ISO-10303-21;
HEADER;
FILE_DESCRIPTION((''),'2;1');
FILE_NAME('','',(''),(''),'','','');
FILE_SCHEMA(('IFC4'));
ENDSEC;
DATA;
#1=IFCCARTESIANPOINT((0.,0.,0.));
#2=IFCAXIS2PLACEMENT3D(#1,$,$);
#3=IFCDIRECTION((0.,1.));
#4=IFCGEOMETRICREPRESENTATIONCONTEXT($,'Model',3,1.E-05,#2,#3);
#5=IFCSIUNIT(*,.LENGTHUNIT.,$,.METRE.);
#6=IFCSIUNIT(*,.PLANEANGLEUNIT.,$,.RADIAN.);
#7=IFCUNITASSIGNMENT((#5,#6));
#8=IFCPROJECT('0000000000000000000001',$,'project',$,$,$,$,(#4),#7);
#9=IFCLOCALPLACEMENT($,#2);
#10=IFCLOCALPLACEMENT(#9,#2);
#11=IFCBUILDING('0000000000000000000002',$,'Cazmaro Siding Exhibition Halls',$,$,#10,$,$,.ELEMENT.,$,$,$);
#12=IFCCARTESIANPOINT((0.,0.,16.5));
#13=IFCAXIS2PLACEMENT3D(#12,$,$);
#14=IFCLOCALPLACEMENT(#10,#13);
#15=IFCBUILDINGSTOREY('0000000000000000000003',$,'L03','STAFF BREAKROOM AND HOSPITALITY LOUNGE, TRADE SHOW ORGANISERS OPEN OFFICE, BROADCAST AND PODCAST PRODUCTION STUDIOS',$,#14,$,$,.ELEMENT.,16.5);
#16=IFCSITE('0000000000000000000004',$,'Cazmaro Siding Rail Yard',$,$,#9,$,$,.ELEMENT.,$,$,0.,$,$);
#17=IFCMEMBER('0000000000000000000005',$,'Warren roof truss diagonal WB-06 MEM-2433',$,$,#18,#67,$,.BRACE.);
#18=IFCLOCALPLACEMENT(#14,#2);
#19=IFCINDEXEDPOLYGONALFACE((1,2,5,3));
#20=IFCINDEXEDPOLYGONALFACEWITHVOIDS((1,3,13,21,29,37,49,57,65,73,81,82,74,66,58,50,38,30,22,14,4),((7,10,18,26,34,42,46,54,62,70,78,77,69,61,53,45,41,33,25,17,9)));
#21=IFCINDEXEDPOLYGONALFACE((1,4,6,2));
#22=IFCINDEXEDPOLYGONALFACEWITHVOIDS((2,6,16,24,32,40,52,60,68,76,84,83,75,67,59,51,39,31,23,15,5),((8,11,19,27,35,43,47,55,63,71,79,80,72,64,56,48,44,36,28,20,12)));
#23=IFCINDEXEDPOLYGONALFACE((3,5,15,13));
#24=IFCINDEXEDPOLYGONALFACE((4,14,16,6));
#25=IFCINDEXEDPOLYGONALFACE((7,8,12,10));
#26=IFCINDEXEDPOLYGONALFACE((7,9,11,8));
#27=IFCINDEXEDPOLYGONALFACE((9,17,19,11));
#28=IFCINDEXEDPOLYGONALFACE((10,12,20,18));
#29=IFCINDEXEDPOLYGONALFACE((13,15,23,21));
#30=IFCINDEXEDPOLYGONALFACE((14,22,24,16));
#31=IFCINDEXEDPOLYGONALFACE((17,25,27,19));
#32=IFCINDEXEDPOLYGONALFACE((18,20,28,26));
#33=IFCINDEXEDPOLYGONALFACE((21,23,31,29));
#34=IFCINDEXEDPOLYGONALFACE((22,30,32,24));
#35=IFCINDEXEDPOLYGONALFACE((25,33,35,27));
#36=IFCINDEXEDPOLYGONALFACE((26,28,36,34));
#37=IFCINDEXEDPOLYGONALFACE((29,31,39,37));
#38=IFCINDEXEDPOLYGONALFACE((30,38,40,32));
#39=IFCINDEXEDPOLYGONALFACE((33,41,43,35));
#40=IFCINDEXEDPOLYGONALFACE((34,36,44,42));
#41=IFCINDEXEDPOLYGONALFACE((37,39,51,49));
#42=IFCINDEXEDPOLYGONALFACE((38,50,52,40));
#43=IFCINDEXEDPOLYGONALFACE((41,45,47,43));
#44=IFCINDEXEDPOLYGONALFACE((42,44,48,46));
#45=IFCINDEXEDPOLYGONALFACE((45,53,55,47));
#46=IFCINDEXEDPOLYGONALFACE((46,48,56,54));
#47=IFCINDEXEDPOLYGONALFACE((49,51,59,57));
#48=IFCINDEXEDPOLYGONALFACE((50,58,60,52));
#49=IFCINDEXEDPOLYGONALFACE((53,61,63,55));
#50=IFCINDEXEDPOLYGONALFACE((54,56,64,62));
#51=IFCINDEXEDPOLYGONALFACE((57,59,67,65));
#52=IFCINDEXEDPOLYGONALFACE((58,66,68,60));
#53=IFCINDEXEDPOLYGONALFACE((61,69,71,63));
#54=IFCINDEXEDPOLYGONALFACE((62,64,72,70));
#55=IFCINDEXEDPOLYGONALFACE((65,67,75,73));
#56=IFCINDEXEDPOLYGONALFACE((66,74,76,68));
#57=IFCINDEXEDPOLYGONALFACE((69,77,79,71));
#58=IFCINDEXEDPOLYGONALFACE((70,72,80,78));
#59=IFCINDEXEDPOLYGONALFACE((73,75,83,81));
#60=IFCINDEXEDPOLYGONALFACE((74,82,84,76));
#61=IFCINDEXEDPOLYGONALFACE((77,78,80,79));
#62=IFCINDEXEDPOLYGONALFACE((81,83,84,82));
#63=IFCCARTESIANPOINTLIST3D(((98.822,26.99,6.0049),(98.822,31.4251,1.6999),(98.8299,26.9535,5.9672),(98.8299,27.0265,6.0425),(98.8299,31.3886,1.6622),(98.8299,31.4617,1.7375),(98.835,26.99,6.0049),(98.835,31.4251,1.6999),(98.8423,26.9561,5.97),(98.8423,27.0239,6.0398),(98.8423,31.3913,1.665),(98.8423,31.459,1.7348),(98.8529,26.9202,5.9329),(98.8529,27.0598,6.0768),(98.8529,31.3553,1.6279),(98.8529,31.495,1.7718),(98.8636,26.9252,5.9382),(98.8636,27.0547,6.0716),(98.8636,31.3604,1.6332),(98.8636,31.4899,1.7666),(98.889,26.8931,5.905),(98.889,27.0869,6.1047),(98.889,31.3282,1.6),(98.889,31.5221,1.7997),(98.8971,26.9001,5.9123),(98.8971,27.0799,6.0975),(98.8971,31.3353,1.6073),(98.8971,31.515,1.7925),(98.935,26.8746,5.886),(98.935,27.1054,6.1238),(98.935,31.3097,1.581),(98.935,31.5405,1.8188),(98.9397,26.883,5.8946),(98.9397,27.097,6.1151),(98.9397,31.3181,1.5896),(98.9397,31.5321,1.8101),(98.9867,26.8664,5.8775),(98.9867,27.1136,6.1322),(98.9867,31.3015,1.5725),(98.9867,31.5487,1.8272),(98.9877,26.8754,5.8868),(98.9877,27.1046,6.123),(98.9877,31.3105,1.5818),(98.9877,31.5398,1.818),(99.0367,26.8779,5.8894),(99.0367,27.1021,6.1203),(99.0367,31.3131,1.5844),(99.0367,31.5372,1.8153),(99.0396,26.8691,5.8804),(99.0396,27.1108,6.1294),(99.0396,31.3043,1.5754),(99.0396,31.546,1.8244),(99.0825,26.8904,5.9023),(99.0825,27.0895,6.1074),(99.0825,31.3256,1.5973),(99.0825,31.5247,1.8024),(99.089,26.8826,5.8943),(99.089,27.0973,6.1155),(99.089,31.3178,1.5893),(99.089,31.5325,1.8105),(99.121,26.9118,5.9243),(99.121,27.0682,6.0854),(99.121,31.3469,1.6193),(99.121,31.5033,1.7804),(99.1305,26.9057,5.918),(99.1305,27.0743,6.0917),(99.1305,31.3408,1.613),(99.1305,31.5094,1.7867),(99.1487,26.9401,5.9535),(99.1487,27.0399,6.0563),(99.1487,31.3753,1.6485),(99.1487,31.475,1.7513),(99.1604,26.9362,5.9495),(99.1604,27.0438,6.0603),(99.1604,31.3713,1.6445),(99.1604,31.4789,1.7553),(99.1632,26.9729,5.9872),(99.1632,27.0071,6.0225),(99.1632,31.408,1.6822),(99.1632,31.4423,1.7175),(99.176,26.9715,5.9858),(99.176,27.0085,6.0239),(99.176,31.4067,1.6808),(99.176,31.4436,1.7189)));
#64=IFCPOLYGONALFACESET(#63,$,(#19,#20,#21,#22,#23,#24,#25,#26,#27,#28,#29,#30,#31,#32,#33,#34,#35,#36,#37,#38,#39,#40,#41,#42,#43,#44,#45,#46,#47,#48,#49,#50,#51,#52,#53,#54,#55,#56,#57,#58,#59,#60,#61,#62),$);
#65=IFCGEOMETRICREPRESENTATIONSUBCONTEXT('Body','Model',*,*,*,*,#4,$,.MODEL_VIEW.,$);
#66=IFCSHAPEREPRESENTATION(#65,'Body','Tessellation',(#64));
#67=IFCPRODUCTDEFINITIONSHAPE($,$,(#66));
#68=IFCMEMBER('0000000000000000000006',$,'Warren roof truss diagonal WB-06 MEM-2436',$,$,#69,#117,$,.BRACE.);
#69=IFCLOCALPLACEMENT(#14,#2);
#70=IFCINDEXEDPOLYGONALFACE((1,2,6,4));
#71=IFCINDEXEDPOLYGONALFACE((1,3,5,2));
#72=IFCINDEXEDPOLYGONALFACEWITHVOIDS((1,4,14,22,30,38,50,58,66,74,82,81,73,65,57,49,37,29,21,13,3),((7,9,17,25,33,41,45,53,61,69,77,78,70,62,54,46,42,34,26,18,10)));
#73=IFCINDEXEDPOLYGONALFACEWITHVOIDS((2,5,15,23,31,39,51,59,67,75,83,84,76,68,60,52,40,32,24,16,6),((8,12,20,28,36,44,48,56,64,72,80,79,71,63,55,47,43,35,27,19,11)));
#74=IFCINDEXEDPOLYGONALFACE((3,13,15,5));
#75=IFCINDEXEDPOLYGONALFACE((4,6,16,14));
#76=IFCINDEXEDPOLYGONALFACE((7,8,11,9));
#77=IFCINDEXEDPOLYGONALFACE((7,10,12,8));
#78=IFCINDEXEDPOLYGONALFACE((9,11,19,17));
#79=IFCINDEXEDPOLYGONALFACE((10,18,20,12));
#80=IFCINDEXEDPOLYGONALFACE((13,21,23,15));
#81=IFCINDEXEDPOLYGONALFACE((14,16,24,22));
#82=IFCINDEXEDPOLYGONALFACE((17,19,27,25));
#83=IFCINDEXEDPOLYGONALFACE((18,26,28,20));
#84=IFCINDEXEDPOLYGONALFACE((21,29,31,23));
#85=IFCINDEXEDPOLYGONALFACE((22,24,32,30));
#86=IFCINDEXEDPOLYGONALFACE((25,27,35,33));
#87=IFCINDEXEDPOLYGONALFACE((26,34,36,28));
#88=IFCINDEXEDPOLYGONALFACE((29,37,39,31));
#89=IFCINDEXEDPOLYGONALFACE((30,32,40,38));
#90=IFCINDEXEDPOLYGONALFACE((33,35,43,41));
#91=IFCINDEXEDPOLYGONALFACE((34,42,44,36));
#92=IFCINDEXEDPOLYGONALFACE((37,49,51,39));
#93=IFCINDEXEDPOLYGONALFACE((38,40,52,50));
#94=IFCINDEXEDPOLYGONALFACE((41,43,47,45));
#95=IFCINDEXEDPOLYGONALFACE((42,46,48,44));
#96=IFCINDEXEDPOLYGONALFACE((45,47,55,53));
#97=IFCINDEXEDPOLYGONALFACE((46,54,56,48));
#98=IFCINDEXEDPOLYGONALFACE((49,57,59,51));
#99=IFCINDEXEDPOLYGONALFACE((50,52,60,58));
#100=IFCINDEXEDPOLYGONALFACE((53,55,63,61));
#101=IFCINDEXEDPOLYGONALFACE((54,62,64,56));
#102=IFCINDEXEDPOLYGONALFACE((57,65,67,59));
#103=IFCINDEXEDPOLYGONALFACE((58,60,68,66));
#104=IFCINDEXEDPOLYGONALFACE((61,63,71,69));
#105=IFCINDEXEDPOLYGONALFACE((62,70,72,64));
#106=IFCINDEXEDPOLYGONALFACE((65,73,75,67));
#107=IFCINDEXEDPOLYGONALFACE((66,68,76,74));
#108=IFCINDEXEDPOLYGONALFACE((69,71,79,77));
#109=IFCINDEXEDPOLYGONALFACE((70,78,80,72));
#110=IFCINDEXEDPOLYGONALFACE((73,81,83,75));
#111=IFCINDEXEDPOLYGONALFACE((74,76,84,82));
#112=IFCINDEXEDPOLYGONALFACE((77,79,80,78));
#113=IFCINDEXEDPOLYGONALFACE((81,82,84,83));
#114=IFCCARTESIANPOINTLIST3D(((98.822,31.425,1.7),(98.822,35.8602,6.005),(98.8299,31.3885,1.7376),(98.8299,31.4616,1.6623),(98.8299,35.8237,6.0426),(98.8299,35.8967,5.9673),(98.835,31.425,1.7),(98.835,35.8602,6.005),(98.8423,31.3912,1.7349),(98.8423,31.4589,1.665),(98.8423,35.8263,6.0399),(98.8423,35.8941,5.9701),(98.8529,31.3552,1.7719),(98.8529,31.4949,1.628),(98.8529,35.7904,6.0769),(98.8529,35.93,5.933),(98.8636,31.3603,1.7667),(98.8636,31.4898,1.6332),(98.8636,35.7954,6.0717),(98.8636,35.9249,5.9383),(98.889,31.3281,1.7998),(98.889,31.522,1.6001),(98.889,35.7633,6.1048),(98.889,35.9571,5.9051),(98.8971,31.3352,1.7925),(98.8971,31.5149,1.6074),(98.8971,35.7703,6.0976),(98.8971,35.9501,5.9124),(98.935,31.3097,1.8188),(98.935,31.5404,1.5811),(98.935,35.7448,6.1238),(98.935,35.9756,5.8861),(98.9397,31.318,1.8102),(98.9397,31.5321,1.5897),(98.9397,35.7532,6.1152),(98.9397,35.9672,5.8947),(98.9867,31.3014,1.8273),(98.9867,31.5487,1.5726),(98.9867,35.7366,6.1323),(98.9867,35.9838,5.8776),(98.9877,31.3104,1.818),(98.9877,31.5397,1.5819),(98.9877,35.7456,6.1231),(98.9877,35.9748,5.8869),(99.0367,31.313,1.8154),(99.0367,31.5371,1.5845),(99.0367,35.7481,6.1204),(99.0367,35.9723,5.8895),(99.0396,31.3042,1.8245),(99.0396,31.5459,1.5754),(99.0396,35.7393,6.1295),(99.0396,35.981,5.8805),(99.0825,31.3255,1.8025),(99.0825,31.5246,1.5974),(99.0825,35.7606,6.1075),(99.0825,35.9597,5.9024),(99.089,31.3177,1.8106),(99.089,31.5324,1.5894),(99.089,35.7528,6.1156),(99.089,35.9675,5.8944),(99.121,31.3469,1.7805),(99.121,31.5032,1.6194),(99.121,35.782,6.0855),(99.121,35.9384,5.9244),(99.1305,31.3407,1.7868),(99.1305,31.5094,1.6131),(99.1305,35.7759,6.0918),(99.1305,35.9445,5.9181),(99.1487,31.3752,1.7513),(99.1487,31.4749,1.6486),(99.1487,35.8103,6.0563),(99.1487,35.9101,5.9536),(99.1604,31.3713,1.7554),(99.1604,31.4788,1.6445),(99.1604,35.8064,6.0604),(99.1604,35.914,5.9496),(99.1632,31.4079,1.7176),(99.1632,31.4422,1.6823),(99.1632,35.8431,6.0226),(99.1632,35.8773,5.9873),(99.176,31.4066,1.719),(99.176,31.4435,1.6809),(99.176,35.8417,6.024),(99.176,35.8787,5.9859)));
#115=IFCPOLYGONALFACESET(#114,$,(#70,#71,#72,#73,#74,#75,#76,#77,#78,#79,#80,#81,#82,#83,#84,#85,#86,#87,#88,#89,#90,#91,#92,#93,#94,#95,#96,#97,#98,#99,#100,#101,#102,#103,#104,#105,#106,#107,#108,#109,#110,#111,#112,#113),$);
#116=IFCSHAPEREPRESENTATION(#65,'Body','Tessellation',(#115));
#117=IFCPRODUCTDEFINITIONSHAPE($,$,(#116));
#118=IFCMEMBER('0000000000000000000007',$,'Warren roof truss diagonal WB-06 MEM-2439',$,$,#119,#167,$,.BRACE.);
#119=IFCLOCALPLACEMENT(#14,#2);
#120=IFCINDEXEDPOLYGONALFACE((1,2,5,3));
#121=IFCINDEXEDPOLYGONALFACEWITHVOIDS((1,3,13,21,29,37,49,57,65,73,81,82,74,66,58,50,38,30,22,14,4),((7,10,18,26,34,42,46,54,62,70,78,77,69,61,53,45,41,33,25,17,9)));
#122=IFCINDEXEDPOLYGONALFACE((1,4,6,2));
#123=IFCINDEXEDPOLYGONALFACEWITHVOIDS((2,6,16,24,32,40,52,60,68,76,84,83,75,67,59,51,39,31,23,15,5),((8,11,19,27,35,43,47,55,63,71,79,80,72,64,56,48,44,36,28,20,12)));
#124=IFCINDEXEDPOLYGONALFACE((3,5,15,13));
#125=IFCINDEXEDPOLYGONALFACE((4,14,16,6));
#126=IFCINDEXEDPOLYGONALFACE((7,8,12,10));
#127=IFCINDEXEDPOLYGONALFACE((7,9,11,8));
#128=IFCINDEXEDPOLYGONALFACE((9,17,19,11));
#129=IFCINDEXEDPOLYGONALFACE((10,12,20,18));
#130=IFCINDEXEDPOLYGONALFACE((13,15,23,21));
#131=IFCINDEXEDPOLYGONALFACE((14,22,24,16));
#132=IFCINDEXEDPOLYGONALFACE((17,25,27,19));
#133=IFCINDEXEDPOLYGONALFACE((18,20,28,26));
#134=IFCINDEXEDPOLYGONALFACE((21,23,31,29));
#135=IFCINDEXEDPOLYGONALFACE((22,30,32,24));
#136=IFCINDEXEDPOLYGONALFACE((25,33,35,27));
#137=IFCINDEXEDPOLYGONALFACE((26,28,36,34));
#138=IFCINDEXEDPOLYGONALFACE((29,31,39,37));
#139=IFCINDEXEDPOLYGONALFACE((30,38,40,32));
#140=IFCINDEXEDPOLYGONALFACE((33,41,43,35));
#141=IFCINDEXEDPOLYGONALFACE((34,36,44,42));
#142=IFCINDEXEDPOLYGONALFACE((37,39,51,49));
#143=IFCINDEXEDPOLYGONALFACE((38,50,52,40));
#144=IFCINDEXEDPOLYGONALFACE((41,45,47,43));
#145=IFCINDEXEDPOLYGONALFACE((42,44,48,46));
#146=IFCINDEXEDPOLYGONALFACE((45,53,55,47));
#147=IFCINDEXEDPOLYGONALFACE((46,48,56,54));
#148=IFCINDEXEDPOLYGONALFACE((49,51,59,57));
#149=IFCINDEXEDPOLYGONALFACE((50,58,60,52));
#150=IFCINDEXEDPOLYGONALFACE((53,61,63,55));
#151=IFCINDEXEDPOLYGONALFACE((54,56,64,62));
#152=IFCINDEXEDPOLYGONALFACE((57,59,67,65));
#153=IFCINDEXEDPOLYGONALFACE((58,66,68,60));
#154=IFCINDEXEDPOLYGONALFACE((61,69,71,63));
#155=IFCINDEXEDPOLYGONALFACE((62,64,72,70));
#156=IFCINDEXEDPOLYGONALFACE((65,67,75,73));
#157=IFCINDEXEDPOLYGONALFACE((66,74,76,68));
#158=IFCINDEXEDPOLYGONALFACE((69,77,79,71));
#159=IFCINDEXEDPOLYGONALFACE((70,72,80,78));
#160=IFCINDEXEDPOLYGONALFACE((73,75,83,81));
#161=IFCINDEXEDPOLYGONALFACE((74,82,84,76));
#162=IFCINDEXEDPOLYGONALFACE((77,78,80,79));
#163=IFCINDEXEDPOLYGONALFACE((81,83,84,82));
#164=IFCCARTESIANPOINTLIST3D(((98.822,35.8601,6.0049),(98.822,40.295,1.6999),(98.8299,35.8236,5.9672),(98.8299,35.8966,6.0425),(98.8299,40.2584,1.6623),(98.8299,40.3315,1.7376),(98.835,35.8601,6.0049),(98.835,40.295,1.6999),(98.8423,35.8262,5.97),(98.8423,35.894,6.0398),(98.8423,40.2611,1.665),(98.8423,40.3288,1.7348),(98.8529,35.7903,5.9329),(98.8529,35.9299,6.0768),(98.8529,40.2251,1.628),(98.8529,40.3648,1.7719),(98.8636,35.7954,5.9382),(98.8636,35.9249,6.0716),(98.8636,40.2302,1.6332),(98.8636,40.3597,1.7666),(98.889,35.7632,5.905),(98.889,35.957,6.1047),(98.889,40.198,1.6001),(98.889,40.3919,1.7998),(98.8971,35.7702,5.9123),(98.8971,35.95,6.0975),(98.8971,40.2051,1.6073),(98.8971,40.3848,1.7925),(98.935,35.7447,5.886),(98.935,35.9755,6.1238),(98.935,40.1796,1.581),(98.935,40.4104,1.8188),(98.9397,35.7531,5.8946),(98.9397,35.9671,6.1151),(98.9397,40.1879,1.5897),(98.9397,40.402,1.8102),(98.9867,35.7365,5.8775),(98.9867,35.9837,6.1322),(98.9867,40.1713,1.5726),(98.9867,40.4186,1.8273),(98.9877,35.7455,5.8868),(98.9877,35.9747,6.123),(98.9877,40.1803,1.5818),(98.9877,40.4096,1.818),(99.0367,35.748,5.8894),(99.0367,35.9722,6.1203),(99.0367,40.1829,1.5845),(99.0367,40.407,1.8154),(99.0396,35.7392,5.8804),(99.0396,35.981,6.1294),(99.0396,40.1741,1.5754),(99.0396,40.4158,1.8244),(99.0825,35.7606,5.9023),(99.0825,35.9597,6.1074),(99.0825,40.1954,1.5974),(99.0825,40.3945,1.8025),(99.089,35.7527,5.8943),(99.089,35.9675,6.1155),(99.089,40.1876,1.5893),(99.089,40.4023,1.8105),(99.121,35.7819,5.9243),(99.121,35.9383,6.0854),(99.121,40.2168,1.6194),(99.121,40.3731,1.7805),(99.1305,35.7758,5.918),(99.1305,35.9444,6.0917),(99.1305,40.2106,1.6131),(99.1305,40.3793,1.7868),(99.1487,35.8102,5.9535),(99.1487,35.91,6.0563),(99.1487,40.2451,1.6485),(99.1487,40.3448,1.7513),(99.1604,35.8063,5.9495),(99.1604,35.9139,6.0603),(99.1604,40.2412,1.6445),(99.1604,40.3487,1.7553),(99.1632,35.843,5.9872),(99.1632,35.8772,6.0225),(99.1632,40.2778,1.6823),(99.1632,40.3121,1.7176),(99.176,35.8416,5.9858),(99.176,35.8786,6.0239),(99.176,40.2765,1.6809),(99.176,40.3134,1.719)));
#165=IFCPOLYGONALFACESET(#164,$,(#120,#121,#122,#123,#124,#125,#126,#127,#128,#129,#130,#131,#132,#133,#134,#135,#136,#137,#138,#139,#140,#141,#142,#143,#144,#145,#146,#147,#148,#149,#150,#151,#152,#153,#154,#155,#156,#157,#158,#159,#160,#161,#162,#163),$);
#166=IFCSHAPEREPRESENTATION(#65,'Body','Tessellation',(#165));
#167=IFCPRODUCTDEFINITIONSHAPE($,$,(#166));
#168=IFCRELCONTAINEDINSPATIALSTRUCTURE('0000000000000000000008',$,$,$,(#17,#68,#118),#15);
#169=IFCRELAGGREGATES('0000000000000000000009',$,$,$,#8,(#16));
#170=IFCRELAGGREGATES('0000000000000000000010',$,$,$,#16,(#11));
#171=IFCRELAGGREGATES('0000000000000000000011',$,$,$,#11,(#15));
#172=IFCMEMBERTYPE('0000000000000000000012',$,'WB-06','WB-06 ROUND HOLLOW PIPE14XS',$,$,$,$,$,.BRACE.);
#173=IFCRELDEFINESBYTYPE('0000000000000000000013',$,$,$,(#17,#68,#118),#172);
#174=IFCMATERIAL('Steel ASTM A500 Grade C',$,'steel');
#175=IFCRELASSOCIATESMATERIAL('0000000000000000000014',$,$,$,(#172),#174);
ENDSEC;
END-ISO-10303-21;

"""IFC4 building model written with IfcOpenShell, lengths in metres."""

from ifc_helpers import new_model, si_unit, direction, frame, origin, origin_2d, place, context, subcontext, project, spatial, hollow_circle, extrude, material, material_profile, profile_set, type_object, element, save


model = new_model("IFC4")

# Units and contexts
model_context = context("Model", 3, precision=1e-05, world=origin(), true_north=direction((0.0, 1.0)))
body_context = subcontext(model_context, "Body", "Model", "MODEL_VIEW")
ifc_project = project(units=[si_unit("LENGTHUNIT", "METRE"), si_unit("PLANEANGLEUNIT", "RADIAN")], contexts=[model_context])

# Site, building, storey
site_placement = place(None, origin())
site = spatial("IfcSite", under=ifc_project, at=site_placement, Name="Cazmaro Siding Rail Yard", CompositionType="ELEMENT", RefElevation=0.0)
building_placement = place(site_placement, origin())
building = spatial("IfcBuilding", under=site, at=building_placement, Name="Cazmaro Siding Exhibition Halls", CompositionType="ELEMENT")
storey_placement = place(building_placement, frame((0.0, 0.0, 16.5)))
storey = spatial("IfcBuildingStorey", under=building, at=storey_placement, Name="L03", Description="STAFF BREAKROOM AND HOSPITALITY LOUNGE, TRADE SHOW ORGANISERS OPEN OFFICE, BROADCAST AND PODCAST PRODUCTION STUDIOS", CompositionType="ELEMENT", Elevation=16.5)

# Members
ifc_material_1 = material(Name="Steel ASTM A500 Grade C", Category="steel")
ifc_material_profile_1 = material_profile(ifc_material_1, hollow_circle(Radius=0.178, WallThickness=0.0129, at=origin_2d()), Name="PIPE14XS")
ifc_profile_set_1 = profile_set([ifc_material_profile_1], Name="Steel ASTM A500 Grade C")
member_type_1 = type_object("IfcMemberType", Name="WB-06", Description="WB-06 ROUND HOLLOW PIPE14XS", PredefinedType="BRACE", material=ifc_profile_set_1)
for number, where, z_axis, x_axis, name in (
    (1, (99.0, 26.99, 6.0049), (0.0, 0.717555, -0.696502), (-1.0, 0.0, 0.0), "Warren roof truss diagonal WB-06 MEM-2433"),
    (2, (99.0, 31.425, 1.7), (0.0, 0.717555, 0.696502), (-1.0, 0.0, 0.0), "Warren roof truss diagonal WB-06 MEM-2436"),
):
    element("IfcMember", number, at=place(storey_placement, frame(where, z_axis=z_axis, x_axis=x_axis)), inside=storey, type_object=member_type_1, Name=name, PredefinedType="BRACE", context=body_context, shape_type="SweptSolid", body=[
        extrude(hollow_circle(Radius=0.178, WallThickness=0.0129, at=origin_2d()), origin(), (0.0, 0.0, 1.0), 6.1809),
    ])
member_1_placement = place(storey_placement, frame((99.0, 35.8601, 6.0049), z_axis=(0.0, 0.717536, -0.696521), x_axis=(-1.0, 0.0, 0.0)))
element("IfcMember", 3, at=member_1_placement, inside=storey, type_object=member_type_1, Name="Warren roof truss diagonal WB-06 MEM-2439", PredefinedType="BRACE", context=body_context, shape_type="SweptSolid", body=[
    extrude(hollow_circle(Radius=0.178, WallThickness=0.0129, at=origin_2d()), origin(), (0.0, 0.0, 1.0), 6.1807),
])

save(model, "model.ifc")
